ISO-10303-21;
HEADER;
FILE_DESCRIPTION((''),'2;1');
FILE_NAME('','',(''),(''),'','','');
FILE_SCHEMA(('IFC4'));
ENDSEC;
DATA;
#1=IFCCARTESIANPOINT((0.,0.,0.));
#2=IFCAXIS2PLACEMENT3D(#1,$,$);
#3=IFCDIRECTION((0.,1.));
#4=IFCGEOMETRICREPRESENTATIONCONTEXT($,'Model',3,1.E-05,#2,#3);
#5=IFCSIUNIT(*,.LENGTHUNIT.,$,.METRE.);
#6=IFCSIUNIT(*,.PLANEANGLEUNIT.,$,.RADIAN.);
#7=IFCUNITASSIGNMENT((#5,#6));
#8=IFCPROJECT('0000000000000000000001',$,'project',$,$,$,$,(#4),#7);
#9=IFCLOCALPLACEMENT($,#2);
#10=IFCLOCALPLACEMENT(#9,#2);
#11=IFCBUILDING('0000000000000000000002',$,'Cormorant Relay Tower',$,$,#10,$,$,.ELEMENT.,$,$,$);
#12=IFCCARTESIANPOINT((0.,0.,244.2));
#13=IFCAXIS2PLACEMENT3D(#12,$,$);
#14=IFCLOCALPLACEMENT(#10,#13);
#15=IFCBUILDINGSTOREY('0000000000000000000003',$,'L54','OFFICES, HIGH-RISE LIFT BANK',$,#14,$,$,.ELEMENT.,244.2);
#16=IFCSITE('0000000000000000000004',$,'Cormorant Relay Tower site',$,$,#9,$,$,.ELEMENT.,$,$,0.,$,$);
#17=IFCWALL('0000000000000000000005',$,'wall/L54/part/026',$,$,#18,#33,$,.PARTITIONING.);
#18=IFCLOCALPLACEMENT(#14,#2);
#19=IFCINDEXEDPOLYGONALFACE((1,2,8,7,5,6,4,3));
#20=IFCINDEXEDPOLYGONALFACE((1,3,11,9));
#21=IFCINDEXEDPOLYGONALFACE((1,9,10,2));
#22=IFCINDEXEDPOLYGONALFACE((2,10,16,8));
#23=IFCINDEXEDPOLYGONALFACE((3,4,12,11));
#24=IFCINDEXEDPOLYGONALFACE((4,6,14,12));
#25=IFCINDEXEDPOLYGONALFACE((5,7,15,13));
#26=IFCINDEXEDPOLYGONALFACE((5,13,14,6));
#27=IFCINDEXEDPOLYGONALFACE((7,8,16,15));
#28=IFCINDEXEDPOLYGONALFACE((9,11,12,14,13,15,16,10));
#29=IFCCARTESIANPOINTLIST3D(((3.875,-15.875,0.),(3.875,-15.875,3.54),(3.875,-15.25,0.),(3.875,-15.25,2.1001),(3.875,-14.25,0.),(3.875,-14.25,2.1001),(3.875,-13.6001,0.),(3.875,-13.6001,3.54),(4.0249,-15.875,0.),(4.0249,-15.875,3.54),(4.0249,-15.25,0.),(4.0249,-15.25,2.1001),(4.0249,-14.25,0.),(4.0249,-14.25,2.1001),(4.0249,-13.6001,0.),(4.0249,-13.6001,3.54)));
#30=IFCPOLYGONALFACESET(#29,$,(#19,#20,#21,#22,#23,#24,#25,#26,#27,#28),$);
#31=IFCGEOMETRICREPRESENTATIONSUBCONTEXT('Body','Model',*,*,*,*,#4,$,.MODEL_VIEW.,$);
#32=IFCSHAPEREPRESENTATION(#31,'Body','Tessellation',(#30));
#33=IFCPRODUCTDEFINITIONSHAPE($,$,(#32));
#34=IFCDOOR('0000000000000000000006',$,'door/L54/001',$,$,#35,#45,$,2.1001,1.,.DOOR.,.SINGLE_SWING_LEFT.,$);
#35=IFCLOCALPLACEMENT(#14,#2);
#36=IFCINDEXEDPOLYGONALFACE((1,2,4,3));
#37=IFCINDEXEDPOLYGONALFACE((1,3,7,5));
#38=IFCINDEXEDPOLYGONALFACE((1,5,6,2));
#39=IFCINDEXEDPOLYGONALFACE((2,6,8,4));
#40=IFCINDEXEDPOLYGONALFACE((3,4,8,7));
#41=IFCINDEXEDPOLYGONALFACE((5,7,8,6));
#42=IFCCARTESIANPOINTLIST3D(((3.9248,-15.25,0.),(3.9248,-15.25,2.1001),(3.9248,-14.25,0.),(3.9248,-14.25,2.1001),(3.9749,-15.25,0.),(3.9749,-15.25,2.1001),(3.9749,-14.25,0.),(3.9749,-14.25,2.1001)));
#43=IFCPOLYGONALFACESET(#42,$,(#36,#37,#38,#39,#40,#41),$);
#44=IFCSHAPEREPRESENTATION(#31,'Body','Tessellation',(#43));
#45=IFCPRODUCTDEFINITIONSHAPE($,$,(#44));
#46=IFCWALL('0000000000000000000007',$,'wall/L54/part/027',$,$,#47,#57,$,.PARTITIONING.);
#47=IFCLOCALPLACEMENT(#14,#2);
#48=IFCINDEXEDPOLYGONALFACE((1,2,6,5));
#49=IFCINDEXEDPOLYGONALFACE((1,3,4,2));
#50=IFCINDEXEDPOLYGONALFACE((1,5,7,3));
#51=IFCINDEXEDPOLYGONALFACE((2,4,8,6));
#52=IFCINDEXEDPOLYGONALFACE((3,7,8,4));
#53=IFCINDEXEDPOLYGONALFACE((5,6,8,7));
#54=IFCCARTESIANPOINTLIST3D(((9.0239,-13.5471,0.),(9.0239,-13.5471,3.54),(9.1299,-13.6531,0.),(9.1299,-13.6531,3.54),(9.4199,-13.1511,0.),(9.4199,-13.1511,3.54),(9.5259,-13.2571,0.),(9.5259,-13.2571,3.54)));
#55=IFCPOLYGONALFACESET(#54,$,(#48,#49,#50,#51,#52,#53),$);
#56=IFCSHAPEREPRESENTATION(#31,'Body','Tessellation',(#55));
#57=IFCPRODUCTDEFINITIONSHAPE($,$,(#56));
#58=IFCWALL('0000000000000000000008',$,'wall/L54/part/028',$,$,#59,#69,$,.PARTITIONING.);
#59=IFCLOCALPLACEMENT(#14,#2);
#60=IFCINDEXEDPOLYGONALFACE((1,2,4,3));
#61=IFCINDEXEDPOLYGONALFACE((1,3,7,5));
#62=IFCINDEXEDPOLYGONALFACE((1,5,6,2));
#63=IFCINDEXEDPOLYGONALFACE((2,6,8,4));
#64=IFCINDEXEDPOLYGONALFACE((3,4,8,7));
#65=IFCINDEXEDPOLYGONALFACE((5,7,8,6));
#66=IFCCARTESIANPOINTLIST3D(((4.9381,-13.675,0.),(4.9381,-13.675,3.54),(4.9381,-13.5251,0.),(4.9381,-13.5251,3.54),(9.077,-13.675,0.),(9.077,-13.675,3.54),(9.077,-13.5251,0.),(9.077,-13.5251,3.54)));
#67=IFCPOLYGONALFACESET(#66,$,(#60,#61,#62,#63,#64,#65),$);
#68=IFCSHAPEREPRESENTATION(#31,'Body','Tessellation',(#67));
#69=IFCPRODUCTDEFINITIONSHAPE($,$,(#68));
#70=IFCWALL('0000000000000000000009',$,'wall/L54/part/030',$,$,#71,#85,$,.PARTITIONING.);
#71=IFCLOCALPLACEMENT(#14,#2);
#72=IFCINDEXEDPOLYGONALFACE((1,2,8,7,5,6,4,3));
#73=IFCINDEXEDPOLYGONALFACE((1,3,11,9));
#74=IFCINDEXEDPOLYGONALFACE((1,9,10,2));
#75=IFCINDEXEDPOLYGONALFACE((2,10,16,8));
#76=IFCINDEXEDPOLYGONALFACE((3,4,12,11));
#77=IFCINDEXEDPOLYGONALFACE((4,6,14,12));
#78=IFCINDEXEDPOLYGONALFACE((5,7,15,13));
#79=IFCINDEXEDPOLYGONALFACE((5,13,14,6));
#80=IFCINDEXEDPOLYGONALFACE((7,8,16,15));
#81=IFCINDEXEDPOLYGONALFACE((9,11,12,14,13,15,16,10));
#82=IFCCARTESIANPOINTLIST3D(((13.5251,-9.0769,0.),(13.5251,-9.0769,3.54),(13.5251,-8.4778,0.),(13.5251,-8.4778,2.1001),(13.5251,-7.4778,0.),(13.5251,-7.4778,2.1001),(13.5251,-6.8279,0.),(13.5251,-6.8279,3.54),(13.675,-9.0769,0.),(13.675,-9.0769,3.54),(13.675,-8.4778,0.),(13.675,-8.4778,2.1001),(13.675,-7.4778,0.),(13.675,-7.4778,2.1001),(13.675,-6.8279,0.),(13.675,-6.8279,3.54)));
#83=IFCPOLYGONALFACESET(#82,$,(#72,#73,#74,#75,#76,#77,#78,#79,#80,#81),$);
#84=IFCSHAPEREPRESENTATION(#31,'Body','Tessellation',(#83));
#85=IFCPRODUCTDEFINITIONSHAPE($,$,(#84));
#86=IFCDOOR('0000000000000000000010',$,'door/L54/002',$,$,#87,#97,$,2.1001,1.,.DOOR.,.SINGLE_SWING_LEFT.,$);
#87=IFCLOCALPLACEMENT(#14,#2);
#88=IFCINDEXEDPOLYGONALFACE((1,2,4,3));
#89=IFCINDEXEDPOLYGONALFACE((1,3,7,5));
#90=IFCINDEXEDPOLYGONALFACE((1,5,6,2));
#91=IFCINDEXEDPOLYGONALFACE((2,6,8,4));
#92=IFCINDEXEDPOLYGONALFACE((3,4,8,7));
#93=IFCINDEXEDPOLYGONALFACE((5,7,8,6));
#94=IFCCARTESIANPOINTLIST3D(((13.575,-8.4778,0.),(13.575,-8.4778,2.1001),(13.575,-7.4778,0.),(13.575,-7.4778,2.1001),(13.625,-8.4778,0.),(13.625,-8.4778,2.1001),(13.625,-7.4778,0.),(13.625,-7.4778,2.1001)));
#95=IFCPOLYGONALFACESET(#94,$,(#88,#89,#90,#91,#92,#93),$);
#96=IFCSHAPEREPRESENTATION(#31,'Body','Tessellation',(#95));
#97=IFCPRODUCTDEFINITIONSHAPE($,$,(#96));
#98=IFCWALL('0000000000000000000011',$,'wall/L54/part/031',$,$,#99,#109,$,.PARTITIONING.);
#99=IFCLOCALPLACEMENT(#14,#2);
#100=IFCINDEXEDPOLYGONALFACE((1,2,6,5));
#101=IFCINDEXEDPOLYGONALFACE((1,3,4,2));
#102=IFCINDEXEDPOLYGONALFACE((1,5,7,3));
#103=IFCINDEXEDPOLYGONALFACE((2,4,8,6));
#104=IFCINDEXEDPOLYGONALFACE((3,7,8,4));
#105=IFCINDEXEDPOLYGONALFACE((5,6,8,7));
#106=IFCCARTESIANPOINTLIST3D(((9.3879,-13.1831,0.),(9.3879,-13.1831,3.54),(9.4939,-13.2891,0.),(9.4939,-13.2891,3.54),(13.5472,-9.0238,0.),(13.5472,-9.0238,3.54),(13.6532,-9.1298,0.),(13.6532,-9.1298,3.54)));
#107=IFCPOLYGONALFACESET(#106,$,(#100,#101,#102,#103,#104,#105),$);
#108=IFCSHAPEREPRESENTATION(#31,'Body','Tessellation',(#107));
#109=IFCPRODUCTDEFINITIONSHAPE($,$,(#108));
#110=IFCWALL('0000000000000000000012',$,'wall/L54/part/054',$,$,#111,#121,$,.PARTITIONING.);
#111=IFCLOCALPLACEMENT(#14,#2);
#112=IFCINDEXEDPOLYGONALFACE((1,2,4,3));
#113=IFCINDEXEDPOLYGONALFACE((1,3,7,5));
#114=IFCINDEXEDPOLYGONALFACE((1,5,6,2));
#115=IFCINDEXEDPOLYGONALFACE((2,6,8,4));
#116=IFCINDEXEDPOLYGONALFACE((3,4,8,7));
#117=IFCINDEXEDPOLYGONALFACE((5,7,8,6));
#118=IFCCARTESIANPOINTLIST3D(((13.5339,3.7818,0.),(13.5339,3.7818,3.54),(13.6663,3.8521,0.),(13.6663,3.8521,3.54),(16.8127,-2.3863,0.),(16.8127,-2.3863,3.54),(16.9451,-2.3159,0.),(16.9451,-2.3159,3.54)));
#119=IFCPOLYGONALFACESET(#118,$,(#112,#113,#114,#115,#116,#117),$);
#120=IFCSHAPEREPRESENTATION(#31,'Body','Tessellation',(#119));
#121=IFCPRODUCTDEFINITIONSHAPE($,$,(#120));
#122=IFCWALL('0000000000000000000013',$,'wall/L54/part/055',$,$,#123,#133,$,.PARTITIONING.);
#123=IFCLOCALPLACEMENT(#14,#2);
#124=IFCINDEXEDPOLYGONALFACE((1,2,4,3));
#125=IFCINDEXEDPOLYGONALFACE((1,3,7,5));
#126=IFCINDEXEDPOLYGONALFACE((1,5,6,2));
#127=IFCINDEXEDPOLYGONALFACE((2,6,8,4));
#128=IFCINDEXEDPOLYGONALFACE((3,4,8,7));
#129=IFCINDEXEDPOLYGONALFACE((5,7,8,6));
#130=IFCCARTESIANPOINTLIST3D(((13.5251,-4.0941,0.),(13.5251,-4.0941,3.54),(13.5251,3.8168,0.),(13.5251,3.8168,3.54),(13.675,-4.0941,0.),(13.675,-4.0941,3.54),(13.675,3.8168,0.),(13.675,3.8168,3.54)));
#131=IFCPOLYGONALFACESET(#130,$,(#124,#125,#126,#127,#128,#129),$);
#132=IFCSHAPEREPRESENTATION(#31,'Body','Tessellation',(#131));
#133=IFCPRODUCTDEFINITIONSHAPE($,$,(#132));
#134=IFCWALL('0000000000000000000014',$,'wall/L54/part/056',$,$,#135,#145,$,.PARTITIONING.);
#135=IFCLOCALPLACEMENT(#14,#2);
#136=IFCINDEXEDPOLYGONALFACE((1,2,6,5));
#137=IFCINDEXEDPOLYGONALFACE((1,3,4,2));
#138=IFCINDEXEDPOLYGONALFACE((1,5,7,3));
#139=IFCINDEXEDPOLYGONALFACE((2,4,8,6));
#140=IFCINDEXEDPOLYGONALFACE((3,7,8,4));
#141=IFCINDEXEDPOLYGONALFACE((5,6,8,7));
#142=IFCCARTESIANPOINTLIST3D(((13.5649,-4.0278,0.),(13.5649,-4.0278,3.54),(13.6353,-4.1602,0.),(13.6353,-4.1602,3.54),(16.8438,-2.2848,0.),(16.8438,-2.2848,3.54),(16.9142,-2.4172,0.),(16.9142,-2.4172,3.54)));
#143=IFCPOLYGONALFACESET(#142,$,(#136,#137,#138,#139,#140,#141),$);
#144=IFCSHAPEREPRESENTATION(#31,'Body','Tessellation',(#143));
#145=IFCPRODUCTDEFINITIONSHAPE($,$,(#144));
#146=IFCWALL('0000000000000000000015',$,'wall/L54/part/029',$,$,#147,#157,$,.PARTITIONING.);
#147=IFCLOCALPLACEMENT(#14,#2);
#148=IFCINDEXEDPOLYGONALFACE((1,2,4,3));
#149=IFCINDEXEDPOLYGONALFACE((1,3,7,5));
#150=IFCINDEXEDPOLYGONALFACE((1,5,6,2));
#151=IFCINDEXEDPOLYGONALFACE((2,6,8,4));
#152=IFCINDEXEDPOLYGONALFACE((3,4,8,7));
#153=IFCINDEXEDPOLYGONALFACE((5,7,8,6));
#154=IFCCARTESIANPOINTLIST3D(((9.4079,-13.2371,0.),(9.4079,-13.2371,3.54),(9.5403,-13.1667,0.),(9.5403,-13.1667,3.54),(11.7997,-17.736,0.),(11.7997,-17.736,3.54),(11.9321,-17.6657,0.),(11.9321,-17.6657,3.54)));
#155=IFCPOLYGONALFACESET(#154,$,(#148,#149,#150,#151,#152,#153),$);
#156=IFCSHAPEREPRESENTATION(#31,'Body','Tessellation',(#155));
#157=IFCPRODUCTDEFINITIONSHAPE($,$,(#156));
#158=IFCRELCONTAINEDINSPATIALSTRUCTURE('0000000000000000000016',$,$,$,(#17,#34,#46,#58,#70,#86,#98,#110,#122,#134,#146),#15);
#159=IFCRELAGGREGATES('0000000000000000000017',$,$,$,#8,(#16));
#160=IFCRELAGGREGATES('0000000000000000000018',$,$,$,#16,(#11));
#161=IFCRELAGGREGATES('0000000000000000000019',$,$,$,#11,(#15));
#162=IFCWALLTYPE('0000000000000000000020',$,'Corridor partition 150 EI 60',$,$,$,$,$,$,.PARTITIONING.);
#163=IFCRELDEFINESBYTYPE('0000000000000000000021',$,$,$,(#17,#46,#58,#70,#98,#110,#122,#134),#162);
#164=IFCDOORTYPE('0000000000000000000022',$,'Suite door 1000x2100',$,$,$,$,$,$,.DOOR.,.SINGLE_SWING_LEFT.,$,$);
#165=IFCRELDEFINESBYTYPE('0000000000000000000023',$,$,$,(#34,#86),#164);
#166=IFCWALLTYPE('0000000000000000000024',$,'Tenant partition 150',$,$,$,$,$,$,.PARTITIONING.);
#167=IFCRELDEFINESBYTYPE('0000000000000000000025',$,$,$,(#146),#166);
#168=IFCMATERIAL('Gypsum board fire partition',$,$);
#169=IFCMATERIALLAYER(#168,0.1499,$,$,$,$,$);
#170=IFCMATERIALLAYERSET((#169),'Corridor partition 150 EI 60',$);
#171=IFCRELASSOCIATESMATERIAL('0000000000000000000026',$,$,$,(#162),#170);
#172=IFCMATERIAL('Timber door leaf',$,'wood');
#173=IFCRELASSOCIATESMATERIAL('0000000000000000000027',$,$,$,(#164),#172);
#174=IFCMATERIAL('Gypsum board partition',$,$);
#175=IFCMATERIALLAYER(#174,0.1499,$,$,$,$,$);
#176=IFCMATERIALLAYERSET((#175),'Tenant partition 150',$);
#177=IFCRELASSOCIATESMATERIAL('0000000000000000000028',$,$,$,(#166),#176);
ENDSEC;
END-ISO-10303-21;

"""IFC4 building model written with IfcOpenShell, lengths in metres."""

from ifc_helpers import new_model, si_unit, direction, frame, frame_2d, origin, place, context, subcontext, project, spatial, rectangle, extrude, material, layer, layer_set, type_object, element, fill, save


model = new_model("IFC4")

# Units and contexts
model_context = context("Model", 3, precision=1e-05, world=origin(), true_north=direction((0.0, 1.0)))
body_context = subcontext(model_context, "Body", "Model", "MODEL_VIEW")
ifc_project = project(units=[si_unit("LENGTHUNIT", "METRE"), si_unit("PLANEANGLEUNIT", "RADIAN")], contexts=[model_context])

# Site, building, storey
site_placement = place(None, origin())
site = spatial("IfcSite", under=ifc_project, at=site_placement, Name="Cormorant Relay Tower site", CompositionType="ELEMENT", RefElevation=0.0)
building_placement = place(site_placement, origin())
building = spatial("IfcBuilding", under=site, at=building_placement, Name="Cormorant Relay Tower", CompositionType="ELEMENT")
storey_placement = place(building_placement, frame((0.0, 0.0, 244.2)))
storey = spatial("IfcBuildingStorey", under=building, at=storey_placement, Name="L54", Description="OFFICES, HIGH-RISE LIFT BANK", CompositionType="ELEMENT", Elevation=244.2)

# Shared definitions
ifc_material_1 = material(Name="Gypsum board fire partition")
ifc_layer_1 = layer(ifc_material_1, 0.1499)
ifc_layer_set_1 = layer_set([ifc_layer_1], Name="Corridor partition 150 EI 60")
wall_type_1 = type_object("IfcWallType", Name="Corridor partition 150 EI 60", PredefinedType="PARTITIONING", material=ifc_layer_set_1)

# Wall, opening, door
wall_1_placement = place(storey_placement, frame((3.95, -13.6001, 0.0), z_axis=(0.0, 0.0, 1.0), x_axis=(0.0, -1.0, 0.0)))
wall_1 = element("IfcWall", 1, at=wall_1_placement, inside=storey, type_object=wall_type_1, Name="wall/L54/part/026", PredefinedType="PARTITIONING", context=body_context, shape_type="SweptSolid", body=[
    extrude(rectangle(XDim=2.2749, YDim=0.1499, at=frame_2d((1.1375, 0.0))), origin(), (0.0, 0.0, 1.0), 3.54),
])
opening_1_placement = place(wall_1_placement, frame((0.6499, 0.0, 0.0)))
opening_1 = element("IfcOpeningElement", 2, at=opening_1_placement, cuts=wall_1, PredefinedType="OPENING", context=body_context, shape_type="SweptSolid", body=[
    extrude(rectangle(XDim=1.0, YDim=2.1001, at=frame_2d((0.5, 1.05))), frame((0.0, 0.085, 0.0), z_axis=(0.0, -1.0, 0.0), x_axis=(1.0, 0.0, 0.0)), (0.0, 0.0, 1.0), 0.1699),
])
ifc_material_2 = material(Name="Timber door leaf", Category="wood")
door_type = type_object("IfcDoorType", Name="Suite door 1000x2100", OperationType="SINGLE_SWING_LEFT", PredefinedType="DOOR", material=ifc_material_2)
door_1_placement = place(opening_1_placement, origin())
door_1 = element("IfcDoor", 3, at=door_1_placement, inside=storey, type_object=door_type, Name="door/L54/001", OperationType="SINGLE_SWING_LEFT", OverallHeight=2.1001, OverallWidth=1.0, PredefinedType="DOOR", context=body_context, shape_type="SweptSolid", body=[
    extrude(rectangle(XDim=1.0, YDim=2.1001, at=frame_2d((0.5, 1.05))), frame((0.0, 0.0249, 0.0), z_axis=(0.0, -1.0, 0.0), x_axis=(1.0, 0.0, 0.0)), (0.0, 0.0, 1.0), 0.05),
])
fill(opening_1, door_1)

# Walls
wall_2_placement = place(storey_placement, frame((9.4729, -13.2041, 0.0), z_axis=(0.0, 0.0, 1.0), x_axis=(-0.707107, -0.707107, 0.0)))
element("IfcWall", 4, at=wall_2_placement, inside=storey, type_object=wall_type_1, Name="wall/L54/part/027", PredefinedType="PARTITIONING", context=body_context, shape_type="SweptSolid", body=[
    extrude(rectangle(XDim=0.5601, YDim=0.1499, at=frame_2d((0.28, 0.0))), origin(), (0.0, 0.0, 1.0), 3.54),
])
wall_3_placement = place(storey_placement, frame((9.0769, -13.6001, 0.0), z_axis=(0.0, 0.0, 1.0), x_axis=(-1.0, 0.0, 0.0)))
element("IfcWall", 5, at=wall_3_placement, inside=storey, type_object=wall_type_1, Name="wall/L54/part/028", PredefinedType="PARTITIONING", context=body_context, shape_type="SweptSolid", body=[
    extrude(rectangle(XDim=4.1389, YDim=0.1499, at=frame_2d((2.0693, 0.0))), origin(), (0.0, 0.0, 1.0), 3.54),
])

# Wall, opening, door
wall_4_placement = place(storey_placement, frame((13.6001, -6.8279, 0.0), z_axis=(0.0, 0.0, 1.0), x_axis=(0.0, -1.0, 0.0)))
wall_4 = element("IfcWall", 6, at=wall_4_placement, inside=storey, type_object=wall_type_1, Name="wall/L54/part/030", PredefinedType="PARTITIONING", context=body_context, shape_type="SweptSolid", body=[
    extrude(rectangle(XDim=2.249, YDim=0.1499, at=frame_2d((1.1245, 0.0))), origin(), (0.0, 0.0, 1.0), 3.54),
])
opening_2_placement = place(wall_4_placement, frame((0.6499, 0.0, 0.0)))
opening_2 = element("IfcOpeningElement", 7, at=opening_2_placement, cuts=wall_4, PredefinedType="OPENING", context=body_context, shape_type="SweptSolid", body=[
    extrude(rectangle(XDim=1.0, YDim=2.1001, at=frame_2d((0.5, 1.05))), frame((0.0, 0.085, 0.0), z_axis=(0.0, -1.0, 0.0), x_axis=(1.0, 0.0, 0.0)), (0.0, 0.0, 1.0), 0.1699),
])
door_2_placement = place(opening_2_placement, origin())
door_2 = element("IfcDoor", 8, at=door_2_placement, inside=storey, type_object=door_type, Name="door/L54/002", OperationType="SINGLE_SWING_LEFT", OverallHeight=2.1001, OverallWidth=1.0, PredefinedType="DOOR", context=body_context, shape_type="SweptSolid", body=[
    extrude(rectangle(XDim=1.0, YDim=2.1001, at=frame_2d((0.5, 1.05))), frame((0.0, 0.0249, 0.0), z_axis=(0.0, -1.0, 0.0), x_axis=(1.0, 0.0, 0.0)), (0.0, 0.0, 1.0), 0.05),
])
fill(opening_2, door_2)

# Walls
wall_5_placement = place(storey_placement, frame((13.6001, -9.0769, 0.0), z_axis=(0.0, 0.0, 1.0), x_axis=(-0.707107, -0.707107, 0.0)))
element("IfcWall", 9, at=wall_5_placement, inside=storey, type_object=wall_type_1, Name="wall/L54/part/031", PredefinedType="PARTITIONING", context=body_context, shape_type="SweptSolid", body=[
    extrude(rectangle(XDim=5.8821, YDim=0.1499, at=frame_2d((2.9409, 0.0))), origin(), (0.0, 0.0, 1.0), 3.54),
])
wall_6_placement = place(storey_placement, frame((16.8789, -2.3511, 0.0), z_axis=(0.0, 0.0, 1.0), x_axis=(-0.469387, 0.882993, 0.0)))
element("IfcWall", 10, at=wall_6_placement, inside=storey, type_object=wall_type_1, Name="wall/L54/part/054", PredefinedType="PARTITIONING", context=body_context, shape_type="SweptSolid", body=[
    extrude(rectangle(XDim=6.9854, YDim=0.1499, at=frame_2d((3.4927, 0.0))), origin(), (0.0, 0.0, 1.0), 3.54),
])
wall_7_placement = place(storey_placement, frame((13.6001, 3.8169, 0.0), z_axis=(0.0, 0.0, 1.0), x_axis=(0.0, -1.0, 0.0)))
element("IfcWall", 11, at=wall_7_placement, inside=storey, type_object=wall_type_1, Name="wall/L54/part/055", PredefinedType="PARTITIONING", context=body_context, shape_type="SweptSolid", body=[
    extrude(rectangle(XDim=7.9109, YDim=0.1499, at=frame_2d((3.9556, 0.0))), origin(), (0.0, 0.0, 1.0), 3.54),
])
wall_8_placement = place(storey_placement, frame((13.6001, -4.094, 0.0), z_axis=(0.0, 0.0, 1.0), x_axis=(0.882998, 0.469376, 0.0)))
element("IfcWall", 12, at=wall_8_placement, inside=storey, type_object=wall_type_1, Name="wall/L54/part/056", PredefinedType="PARTITIONING", context=body_context, shape_type="SweptSolid", body=[
    extrude(rectangle(XDim=3.7134, YDim=0.1499, at=frame_2d((1.8567, 0.0))), origin(), (0.0, 0.0, 1.0), 3.54),
])
ifc_material_3 = material(Name="Gypsum board partition")
ifc_layer_2 = layer(ifc_material_3, 0.1499)
ifc_layer_set_2 = layer_set([ifc_layer_2], Name="Tenant partition 150")
wall_type_2 = type_object("IfcWallType", Name="Tenant partition 150", PredefinedType="PARTITIONING", material=ifc_layer_set_2)
wall_9_placement = place(storey_placement, frame((9.4741, -13.2019, 0.0), z_axis=(0.0, 0.0, 1.0), x_axis=(0.469421, -0.882974, 0.0)))
element("IfcWall", 13, at=wall_9_placement, inside=storey, type_object=wall_type_2, Name="wall/L54/part/029", PredefinedType="PARTITIONING", context=body_context, shape_type="SweptSolid", body=[
    extrude(rectangle(XDim=5.0952, YDim=0.1499, at=frame_2d((2.5476, 0.0))), origin(), (0.0, 0.0, 1.0), 3.54),
])

save(model, "model.ifc")
